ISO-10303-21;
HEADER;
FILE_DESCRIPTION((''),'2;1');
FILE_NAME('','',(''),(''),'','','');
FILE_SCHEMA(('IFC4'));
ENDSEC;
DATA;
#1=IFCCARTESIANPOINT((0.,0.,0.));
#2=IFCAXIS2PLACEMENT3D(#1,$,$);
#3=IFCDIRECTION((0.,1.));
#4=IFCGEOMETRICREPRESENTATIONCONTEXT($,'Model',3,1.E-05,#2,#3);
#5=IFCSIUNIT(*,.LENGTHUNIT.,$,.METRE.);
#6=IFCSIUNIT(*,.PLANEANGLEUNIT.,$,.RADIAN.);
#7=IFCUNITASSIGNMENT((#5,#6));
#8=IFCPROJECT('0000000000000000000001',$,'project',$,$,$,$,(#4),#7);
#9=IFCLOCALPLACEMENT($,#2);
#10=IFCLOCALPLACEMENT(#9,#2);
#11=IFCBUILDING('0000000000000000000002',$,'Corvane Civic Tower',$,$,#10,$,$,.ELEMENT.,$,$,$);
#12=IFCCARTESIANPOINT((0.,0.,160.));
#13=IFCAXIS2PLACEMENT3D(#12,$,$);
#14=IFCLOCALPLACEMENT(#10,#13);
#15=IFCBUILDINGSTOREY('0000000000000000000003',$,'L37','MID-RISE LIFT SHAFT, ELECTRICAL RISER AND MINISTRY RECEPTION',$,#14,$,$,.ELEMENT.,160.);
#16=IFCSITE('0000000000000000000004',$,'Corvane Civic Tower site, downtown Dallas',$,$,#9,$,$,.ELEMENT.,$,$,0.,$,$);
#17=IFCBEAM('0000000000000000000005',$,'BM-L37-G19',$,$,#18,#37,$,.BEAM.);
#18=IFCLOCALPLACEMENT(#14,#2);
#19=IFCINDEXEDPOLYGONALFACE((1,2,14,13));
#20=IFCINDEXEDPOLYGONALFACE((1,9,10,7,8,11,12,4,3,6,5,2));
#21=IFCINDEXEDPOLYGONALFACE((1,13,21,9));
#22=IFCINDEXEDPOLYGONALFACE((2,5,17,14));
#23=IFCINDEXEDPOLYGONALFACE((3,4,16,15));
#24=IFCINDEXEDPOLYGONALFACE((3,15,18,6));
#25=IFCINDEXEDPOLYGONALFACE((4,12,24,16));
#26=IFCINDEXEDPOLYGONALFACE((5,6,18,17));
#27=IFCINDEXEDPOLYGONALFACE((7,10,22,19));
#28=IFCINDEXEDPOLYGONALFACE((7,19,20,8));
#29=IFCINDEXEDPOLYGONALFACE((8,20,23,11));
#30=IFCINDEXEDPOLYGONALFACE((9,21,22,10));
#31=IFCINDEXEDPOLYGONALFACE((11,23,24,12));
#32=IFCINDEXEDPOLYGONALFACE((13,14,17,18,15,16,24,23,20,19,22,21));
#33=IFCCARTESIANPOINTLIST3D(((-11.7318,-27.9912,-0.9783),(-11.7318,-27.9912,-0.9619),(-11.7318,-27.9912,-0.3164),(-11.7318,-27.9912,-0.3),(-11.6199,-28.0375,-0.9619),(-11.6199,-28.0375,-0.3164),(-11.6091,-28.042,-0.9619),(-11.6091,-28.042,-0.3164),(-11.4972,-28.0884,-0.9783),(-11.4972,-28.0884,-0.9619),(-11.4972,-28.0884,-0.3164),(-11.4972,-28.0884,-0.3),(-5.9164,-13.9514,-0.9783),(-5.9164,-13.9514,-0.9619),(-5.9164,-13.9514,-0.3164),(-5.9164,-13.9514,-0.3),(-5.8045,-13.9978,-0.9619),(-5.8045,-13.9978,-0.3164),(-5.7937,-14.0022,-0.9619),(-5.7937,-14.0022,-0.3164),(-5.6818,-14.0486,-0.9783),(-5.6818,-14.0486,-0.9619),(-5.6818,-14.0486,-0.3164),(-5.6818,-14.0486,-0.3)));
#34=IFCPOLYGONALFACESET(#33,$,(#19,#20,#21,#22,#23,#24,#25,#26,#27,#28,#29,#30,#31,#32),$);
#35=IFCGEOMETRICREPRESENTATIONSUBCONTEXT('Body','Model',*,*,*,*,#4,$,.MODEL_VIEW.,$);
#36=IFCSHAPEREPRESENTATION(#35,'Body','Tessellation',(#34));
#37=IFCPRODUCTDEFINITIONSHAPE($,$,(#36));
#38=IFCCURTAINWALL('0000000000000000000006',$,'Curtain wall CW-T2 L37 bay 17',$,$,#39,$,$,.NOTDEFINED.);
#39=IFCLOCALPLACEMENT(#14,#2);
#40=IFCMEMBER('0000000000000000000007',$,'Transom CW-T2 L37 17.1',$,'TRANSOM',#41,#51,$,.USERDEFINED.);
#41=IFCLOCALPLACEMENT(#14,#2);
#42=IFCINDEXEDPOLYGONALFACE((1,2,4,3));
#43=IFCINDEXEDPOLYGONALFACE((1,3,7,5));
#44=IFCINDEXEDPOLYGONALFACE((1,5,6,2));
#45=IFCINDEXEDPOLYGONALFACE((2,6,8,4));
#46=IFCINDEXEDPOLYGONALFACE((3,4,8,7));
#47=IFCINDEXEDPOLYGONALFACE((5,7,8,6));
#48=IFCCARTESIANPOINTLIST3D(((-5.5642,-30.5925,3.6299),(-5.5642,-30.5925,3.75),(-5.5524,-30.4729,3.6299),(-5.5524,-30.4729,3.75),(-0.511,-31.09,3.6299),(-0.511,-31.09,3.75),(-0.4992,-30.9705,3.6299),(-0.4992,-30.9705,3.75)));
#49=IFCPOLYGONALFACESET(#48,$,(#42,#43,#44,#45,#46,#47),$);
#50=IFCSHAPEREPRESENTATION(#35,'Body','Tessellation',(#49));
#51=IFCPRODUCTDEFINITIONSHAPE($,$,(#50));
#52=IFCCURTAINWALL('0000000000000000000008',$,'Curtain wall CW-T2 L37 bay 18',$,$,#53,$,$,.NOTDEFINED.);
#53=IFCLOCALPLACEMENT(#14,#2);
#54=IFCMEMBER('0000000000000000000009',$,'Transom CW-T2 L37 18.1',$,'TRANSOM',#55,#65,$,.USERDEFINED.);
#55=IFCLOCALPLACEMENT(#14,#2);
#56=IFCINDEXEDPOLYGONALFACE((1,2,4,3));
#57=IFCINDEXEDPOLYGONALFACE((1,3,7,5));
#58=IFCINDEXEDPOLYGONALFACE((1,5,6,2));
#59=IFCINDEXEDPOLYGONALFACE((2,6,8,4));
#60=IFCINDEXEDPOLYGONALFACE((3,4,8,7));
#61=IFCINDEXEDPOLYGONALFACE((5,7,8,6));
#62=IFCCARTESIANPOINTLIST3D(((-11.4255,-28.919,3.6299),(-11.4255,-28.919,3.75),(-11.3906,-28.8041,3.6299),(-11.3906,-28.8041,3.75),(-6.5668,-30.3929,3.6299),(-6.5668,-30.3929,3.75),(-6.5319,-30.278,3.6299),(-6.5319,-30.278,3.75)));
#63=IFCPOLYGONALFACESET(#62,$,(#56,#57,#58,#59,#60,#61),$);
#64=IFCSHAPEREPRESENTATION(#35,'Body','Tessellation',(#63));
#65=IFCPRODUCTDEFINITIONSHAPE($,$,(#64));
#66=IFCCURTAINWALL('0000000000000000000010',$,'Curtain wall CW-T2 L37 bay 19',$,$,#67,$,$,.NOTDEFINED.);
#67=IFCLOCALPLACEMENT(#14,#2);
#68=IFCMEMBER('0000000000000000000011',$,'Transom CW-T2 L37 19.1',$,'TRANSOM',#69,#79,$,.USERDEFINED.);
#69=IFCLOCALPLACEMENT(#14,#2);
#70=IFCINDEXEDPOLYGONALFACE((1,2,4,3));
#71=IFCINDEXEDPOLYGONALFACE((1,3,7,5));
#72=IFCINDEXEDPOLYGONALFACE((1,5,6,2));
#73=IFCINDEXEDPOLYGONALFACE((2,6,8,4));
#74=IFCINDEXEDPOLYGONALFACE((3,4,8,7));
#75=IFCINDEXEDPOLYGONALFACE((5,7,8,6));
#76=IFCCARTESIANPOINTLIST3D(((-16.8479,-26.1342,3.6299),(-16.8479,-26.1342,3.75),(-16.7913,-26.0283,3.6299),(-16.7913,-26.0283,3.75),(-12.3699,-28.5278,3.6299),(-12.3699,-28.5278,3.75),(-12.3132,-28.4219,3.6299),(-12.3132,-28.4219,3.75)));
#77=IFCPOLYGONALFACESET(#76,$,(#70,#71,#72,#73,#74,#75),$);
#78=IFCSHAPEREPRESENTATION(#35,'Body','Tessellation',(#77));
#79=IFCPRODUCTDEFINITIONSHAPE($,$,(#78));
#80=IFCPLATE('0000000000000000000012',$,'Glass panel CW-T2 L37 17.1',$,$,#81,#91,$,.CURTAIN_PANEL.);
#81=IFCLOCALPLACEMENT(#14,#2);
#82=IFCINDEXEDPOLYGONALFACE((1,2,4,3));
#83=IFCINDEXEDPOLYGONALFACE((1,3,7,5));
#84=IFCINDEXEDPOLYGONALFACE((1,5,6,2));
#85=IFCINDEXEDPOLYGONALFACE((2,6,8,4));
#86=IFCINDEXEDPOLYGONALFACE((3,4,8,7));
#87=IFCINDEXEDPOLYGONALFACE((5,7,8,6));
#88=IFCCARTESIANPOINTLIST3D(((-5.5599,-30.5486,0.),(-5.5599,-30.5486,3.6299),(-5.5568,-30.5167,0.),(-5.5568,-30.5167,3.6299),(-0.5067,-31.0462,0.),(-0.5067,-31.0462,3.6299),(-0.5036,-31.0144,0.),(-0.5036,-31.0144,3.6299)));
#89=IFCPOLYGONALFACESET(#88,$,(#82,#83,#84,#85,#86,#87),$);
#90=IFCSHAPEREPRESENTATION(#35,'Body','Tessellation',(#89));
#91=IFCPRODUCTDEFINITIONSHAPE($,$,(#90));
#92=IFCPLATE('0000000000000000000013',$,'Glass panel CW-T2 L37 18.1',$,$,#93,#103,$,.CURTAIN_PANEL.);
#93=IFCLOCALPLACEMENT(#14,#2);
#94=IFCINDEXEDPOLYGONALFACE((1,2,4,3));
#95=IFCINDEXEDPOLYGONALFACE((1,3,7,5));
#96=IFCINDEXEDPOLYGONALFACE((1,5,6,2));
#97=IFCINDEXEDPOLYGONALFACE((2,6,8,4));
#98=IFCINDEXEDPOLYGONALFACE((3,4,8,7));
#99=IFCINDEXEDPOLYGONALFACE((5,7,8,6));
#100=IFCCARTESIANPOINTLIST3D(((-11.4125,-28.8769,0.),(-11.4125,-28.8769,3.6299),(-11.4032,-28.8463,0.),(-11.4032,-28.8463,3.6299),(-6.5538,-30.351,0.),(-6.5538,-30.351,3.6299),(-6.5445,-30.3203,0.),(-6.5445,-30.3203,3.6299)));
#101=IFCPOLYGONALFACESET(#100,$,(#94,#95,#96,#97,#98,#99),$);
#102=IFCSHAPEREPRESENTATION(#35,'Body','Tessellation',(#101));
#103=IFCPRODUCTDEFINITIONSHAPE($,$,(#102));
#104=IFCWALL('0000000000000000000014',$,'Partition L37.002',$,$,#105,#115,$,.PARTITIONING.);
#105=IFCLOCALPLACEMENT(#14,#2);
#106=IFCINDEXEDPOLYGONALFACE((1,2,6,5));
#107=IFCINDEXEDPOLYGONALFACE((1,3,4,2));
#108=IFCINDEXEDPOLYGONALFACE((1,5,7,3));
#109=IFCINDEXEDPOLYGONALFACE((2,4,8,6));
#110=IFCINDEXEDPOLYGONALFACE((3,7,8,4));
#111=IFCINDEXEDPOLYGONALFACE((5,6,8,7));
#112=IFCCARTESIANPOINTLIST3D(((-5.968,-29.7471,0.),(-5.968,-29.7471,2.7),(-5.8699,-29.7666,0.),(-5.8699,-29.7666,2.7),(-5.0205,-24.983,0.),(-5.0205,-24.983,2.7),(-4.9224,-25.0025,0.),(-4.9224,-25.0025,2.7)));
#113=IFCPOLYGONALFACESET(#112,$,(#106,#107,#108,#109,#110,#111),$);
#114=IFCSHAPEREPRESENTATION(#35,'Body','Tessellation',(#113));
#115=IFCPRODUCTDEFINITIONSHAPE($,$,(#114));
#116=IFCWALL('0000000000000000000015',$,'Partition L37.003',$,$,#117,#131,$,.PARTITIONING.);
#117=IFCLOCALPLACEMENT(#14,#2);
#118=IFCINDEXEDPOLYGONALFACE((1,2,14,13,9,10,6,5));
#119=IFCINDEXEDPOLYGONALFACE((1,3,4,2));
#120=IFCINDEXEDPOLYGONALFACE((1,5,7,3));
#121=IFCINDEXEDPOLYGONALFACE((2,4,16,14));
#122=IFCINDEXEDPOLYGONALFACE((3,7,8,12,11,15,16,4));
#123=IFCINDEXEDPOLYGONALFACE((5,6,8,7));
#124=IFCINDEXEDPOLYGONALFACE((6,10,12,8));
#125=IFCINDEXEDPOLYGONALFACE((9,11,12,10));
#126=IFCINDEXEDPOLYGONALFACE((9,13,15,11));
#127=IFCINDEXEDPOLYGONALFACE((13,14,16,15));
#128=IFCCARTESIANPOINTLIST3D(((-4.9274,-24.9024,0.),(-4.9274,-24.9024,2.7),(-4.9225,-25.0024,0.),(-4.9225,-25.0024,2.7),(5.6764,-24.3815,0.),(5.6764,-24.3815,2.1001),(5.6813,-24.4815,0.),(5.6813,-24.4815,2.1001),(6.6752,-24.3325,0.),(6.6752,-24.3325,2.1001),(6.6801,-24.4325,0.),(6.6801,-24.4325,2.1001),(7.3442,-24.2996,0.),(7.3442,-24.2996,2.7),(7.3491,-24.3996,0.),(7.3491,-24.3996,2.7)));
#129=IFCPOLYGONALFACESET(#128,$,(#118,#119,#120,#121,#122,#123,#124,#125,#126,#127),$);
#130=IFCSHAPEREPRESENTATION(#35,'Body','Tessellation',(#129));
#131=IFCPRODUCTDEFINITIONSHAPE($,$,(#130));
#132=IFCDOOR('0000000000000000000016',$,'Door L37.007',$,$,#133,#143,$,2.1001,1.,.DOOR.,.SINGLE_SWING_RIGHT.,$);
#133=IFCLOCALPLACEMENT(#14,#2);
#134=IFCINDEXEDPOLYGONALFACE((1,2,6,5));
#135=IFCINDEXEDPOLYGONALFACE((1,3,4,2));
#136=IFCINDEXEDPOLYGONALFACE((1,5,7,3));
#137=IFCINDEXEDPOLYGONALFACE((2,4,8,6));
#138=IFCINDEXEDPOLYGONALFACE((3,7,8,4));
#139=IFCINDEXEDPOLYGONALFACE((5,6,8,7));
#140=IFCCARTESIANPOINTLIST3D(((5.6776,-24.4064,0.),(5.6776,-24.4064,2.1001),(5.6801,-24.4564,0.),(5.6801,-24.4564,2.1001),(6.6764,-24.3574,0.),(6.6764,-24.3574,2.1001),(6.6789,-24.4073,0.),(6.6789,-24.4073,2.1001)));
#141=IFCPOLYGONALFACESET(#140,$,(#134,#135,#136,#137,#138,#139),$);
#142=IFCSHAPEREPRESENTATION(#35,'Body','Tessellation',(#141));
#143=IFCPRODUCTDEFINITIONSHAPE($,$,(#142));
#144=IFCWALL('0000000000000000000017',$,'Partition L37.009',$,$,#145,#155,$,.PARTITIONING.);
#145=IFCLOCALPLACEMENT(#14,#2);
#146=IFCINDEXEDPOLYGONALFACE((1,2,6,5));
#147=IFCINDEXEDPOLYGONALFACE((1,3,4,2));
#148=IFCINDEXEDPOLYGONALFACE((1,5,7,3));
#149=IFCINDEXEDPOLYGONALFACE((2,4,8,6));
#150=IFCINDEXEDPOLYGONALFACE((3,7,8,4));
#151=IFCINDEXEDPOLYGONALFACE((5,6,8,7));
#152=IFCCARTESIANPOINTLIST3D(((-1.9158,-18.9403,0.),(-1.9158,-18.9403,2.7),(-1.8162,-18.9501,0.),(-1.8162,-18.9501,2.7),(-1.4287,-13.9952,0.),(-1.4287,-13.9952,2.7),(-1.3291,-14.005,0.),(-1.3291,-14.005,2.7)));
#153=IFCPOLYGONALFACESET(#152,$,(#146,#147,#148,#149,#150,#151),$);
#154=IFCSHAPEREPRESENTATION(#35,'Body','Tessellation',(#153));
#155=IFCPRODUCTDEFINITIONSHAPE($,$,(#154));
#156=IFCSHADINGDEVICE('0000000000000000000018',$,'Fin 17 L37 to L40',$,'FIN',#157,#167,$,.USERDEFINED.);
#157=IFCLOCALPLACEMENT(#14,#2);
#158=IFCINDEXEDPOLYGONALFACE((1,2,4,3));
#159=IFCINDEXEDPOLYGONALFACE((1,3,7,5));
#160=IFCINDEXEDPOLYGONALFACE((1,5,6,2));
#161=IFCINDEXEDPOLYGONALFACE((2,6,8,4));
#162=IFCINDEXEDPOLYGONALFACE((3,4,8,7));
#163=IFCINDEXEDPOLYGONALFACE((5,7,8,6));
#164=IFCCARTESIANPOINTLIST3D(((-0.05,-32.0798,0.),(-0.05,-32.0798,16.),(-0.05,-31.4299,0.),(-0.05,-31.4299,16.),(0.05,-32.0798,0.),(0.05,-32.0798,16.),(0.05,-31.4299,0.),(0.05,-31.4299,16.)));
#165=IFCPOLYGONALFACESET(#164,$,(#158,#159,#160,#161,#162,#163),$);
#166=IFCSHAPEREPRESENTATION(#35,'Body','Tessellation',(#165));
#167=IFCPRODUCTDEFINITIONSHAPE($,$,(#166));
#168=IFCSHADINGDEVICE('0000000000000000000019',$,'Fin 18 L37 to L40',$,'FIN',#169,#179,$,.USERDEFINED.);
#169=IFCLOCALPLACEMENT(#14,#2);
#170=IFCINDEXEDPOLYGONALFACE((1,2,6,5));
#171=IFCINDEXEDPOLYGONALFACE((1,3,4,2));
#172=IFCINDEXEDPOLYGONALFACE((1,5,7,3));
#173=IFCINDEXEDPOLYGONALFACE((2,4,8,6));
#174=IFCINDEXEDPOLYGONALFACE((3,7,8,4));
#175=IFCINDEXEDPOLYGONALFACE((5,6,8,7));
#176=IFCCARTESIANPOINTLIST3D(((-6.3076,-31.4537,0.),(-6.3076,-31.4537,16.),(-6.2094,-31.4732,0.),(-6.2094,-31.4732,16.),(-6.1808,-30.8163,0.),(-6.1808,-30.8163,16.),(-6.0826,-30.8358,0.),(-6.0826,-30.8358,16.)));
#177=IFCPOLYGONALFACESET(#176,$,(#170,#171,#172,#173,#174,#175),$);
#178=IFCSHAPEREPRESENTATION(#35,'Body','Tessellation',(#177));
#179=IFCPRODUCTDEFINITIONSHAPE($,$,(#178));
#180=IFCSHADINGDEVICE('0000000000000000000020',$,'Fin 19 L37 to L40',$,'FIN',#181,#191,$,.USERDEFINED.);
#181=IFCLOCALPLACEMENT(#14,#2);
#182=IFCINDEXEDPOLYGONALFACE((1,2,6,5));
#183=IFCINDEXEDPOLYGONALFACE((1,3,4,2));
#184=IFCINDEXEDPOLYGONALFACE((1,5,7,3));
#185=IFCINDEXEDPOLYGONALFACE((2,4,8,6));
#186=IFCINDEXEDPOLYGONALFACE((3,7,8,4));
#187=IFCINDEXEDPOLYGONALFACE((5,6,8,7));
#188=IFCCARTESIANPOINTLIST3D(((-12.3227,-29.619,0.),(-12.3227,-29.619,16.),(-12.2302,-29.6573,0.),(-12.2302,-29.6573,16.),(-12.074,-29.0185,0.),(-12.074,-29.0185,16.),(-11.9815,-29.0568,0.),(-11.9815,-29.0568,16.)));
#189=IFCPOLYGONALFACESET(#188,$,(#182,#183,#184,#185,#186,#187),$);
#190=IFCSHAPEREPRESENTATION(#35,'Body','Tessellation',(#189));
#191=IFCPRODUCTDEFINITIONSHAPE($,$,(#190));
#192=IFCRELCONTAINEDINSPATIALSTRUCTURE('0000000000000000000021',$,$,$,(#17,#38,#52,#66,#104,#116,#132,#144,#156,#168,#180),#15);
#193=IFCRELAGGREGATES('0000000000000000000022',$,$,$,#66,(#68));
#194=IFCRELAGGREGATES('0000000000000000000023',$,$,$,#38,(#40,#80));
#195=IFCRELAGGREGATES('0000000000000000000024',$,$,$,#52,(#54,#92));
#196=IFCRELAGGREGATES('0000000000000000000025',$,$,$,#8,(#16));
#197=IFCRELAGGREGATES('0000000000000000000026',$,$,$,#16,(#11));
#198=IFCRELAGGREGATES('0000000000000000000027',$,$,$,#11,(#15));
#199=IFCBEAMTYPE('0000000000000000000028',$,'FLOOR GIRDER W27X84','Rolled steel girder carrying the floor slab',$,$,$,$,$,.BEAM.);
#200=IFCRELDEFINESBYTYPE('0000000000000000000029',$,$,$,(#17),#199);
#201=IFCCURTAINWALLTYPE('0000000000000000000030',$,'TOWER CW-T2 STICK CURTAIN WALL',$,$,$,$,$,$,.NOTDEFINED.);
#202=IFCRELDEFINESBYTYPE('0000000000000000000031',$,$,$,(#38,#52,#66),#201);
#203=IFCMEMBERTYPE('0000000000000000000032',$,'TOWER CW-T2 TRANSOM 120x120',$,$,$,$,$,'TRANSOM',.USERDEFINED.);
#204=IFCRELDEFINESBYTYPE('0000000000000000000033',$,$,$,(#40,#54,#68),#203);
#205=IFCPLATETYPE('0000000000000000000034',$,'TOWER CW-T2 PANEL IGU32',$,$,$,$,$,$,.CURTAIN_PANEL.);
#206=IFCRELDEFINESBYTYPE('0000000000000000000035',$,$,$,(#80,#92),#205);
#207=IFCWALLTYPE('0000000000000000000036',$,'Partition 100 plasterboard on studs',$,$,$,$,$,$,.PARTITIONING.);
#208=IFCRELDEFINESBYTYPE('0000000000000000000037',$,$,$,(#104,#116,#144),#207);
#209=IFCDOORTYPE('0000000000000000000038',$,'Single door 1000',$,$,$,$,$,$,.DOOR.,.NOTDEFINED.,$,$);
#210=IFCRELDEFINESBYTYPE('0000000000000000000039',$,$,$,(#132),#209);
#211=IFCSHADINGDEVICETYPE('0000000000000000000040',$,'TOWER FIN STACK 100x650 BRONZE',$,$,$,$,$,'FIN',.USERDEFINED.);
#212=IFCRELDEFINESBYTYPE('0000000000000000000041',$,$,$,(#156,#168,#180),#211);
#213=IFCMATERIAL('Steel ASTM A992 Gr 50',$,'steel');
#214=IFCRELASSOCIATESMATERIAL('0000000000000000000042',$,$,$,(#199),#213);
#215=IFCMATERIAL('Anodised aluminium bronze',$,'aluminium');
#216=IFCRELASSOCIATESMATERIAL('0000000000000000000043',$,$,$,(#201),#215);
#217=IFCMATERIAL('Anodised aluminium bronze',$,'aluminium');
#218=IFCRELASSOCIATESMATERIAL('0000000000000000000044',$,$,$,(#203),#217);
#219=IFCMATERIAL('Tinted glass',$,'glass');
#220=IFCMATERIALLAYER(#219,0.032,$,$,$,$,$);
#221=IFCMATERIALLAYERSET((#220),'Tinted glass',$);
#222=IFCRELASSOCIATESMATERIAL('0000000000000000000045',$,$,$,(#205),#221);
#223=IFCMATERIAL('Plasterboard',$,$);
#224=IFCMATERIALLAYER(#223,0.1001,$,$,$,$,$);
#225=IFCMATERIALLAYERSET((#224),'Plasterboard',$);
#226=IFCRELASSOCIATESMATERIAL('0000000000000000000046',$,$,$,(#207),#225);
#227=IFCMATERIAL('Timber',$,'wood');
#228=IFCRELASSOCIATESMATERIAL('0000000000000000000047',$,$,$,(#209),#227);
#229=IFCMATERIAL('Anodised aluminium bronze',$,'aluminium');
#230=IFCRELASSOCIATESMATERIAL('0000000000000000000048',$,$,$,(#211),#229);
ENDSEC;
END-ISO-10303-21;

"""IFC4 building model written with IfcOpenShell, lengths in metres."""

from ifc_helpers import new_model, si_unit, direction, frame, frame_2d, origin, origin_2d, place, context, subcontext, project, spatial, rectangle, i_section, extrude, material, layer, layer_set, material_profile, profile_set, type_object, element, fill, aggregate, save


model = new_model("IFC4")

# Units and contexts
model_context = context("Model", 3, precision=1e-05, world=origin(), true_north=direction((0.0, 1.0)))
body_context = subcontext(model_context, "Body", "Model", "MODEL_VIEW")
ifc_project = project(units=[si_unit("LENGTHUNIT", "METRE"), si_unit("PLANEANGLEUNIT", "RADIAN")], contexts=[model_context])

# Site, building, storey
site_placement = place(None, origin())
site = spatial("IfcSite", under=ifc_project, at=site_placement, Name="Corvane Civic Tower site, downtown Dallas", CompositionType="ELEMENT", RefElevation=0.0)
building_placement = place(site_placement, origin())
building = spatial("IfcBuilding", under=site, at=building_placement, Name="Corvane Civic Tower", CompositionType="ELEMENT")
storey_placement = place(building_placement, frame((0.0, 0.0, 160.0)))
storey = spatial("IfcBuildingStorey", under=building, at=storey_placement, Name="L37", Description="MID-RISE LIFT SHAFT, ELECTRICAL RISER AND MINISTRY RECEPTION", CompositionType="ELEMENT", Elevation=160.0)

# Beam
ifc_material_1 = material(Name="Steel ASTM A992 Gr 50", Category="steel")
ifc_material_profile_1 = material_profile(ifc_material_1, i_section(OverallWidth=0.2539, OverallDepth=0.6782, WebThickness=0.0117, FlangeThickness=0.0164, at=origin_2d()), Name="W27X84")
ifc_profile_set_1 = profile_set([ifc_material_profile_1], Name="Steel ASTM A992 Gr 50")
beam_type_1 = type_object("IfcBeamType", Name="FLOOR GIRDER W27X84", Description="Rolled steel girder carrying the floor slab", PredefinedType="BEAM", material=ifc_profile_set_1)
beam_1_placement = place(storey_placement, frame((-5.7991, -14.0, -0.6392), z_axis=(-0.382681, -0.923881, 0.0), x_axis=(0.923881, -0.382681, 0.0)))
element("IfcBeam", 1, at=beam_1_placement, inside=storey, type_object=beam_type_1, Name="BM-L37-G19", PredefinedType="BEAM", context=body_context, shape_type="SweptSolid", body=[
    extrude(i_section(OverallWidth=0.2539, OverallDepth=0.6782, WebThickness=0.0117, FlangeThickness=0.0164, at=origin_2d()), origin(), (0.0, 0.0, 1.0), 15.1965),
])

# Curtain walls, members
ifc_material_2 = material(Name="Anodised aluminium bronze", Category="aluminium")
curtain_wall_type = type_object("IfcCurtainWallType", Name="TOWER CW-T2 STICK CURTAIN WALL", PredefinedType="NOTDEFINED", material=ifc_material_2)
curtain_wall_1_placement = place(storey_placement, origin())
curtain_wall_1 = element("IfcCurtainWall", 2, at=curtain_wall_1_placement, inside=storey, type_object=curtain_wall_type, Name="Curtain wall CW-T2 L37 bay 17", PredefinedType="NOTDEFINED")
ifc_material_3 = material(Name="Anodised aluminium bronze", Category="aluminium")
ifc_material_profile_2 = material_profile(ifc_material_3, rectangle(XDim=0.1201, YDim=0.1201, at=origin_2d()), Name="TOWER CW-T2 TRANSOM 120x120")
ifc_profile_set_2 = profile_set([ifc_material_profile_2], Name="Anodised aluminium bronze")
member_type = type_object("IfcMemberType", Name="TOWER CW-T2 TRANSOM 120x120", ElementType="TRANSOM", PredefinedType="USERDEFINED", material=ifc_profile_set_2)
member_1_placement = place(storey_placement, frame((-0.5051, -31.0303, 3.6899), z_axis=(-0.995187, 0.09799, 0.0), x_axis=(-0.09799, -0.995187, 0.0)))
member_1 = element("IfcMember", 3, at=member_1_placement, type_object=member_type, Name="Transom CW-T2 L37 17.1", ObjectType="TRANSOM", PredefinedType="USERDEFINED", context=body_context, shape_type="SweptSolid", body=[
    extrude(rectangle(XDim=0.1201, YDim=0.1201, at=origin_2d()), origin(), (0.0, 0.0, 1.0), 5.0776),
])
curtain_wall_2_placement = place(storey_placement, origin())
curtain_wall_2 = element("IfcCurtainWall", 4, at=curtain_wall_2_placement, inside=storey, type_object=curtain_wall_type, Name="Curtain wall CW-T2 L37 bay 18", PredefinedType="NOTDEFINED")
member_2_placement = place(storey_placement, frame((-6.5493, -30.3354, 3.6899), z_axis=(-0.956939, 0.290289, 0.0), x_axis=(-0.290289, -0.956939, 0.0)))
member_2 = element("IfcMember", 5, at=member_2_placement, type_object=member_type, Name="Transom CW-T2 L37 18.1", ObjectType="TRANSOM", PredefinedType="USERDEFINED", context=body_context, shape_type="SweptSolid", body=[
    extrude(rectangle(XDim=0.1201, YDim=0.1201, at=origin_2d()), origin(), (0.0, 0.0, 1.0), 5.0774),
])
curtain_wall_3_placement = place(storey_placement, origin())
curtain_wall_3 = element("IfcCurtainWall", 6, at=curtain_wall_3_placement, inside=storey, type_object=curtain_wall_type, Name="Curtain wall CW-T2 L37 bay 19", PredefinedType="NOTDEFINED")
member_3_placement = place(storey_placement, frame((-12.3416, -28.4749, 3.6899), z_axis=(-0.881921, 0.471397, 0.0), x_axis=(-0.471397, -0.881921, 0.0)))
member_3 = element("IfcMember", 7, at=member_3_placement, type_object=member_type, Name="Transom CW-T2 L37 19.1", ObjectType="TRANSOM", PredefinedType="USERDEFINED", context=body_context, shape_type="SweptSolid", body=[
    extrude(rectangle(XDim=0.1201, YDim=0.1201, at=origin_2d()), origin(), (0.0, 0.0, 1.0), 5.0776),
])
aggregate(curtain_wall_3, [member_3])

# Plates
ifc_material_4 = material(Name="Tinted glass", Category="glass")
ifc_layer_1 = layer(ifc_material_4, 0.032)
ifc_layer_set_1 = layer_set([ifc_layer_1], Name="Tinted glass")
plate_type = type_object("IfcPlateType", Name="TOWER CW-T2 PANEL IGU32", PredefinedType="CURTAIN_PANEL", material=ifc_layer_set_1)
plate_1_placement = place(storey_placement, frame((-3.0317, -30.7815, 0.0), z_axis=(0.0, 0.0, 1.0), x_axis=(-0.995185, 0.098012, 0.0)))
plate_1 = element("IfcPlate", 8, at=plate_1_placement, type_object=plate_type, Name="Glass panel CW-T2 L37 17.1", PredefinedType="CURTAIN_PANEL", context=body_context, shape_type="SweptSolid", body=[
    extrude(rectangle(XDim=5.0776, YDim=0.032, at=origin_2d()), origin(), (0.0, 0.0, 1.0), 3.6299),
])
aggregate(curtain_wall_1, [member_1, plate_1])
plate_2_placement = place(storey_placement, frame((-8.9785, -29.5986, 0.0), z_axis=(0.0, 0.0, 1.0), x_axis=(-0.956932, 0.290313, 0.0)))
plate_2 = element("IfcPlate", 9, at=plate_2_placement, type_object=plate_type, Name="Glass panel CW-T2 L37 18.1", PredefinedType="CURTAIN_PANEL", context=body_context, shape_type="SweptSolid", body=[
    extrude(rectangle(XDim=5.0774, YDim=0.032, at=origin_2d()), origin(), (0.0, 0.0, 1.0), 3.6299),
])
aggregate(curtain_wall_2, [member_2, plate_2])

# Wall
ifc_material_5 = material(Name="Plasterboard")
ifc_layer_2 = layer(ifc_material_5, 0.1001)
ifc_layer_set_2 = layer_set([ifc_layer_2], Name="Plasterboard")
wall_type = type_object("IfcWallType", Name="Partition 100 plasterboard on studs", PredefinedType="PARTITIONING", material=ifc_layer_set_2)
wall_1_placement = place(storey_placement, frame((-5.9189, -29.7568, 0.0), z_axis=(0.0, 0.0, 1.0), x_axis=(0.195062, 0.980791, 0.0)))
element("IfcWall", 10, at=wall_1_placement, inside=storey, type_object=wall_type, Name="Partition L37.002", PredefinedType="PARTITIONING", context=body_context, shape_type="SweptSolid", body=[
    extrude(rectangle(XDim=4.8574, YDim=0.1001, at=frame_2d((2.4287, 0.0))), origin(), (0.0, 0.0, 1.0), 2.7),
])

# Wall, opening, door
wall_2_placement = place(storey_placement, frame((-4.9248, -24.9524, 0.0), z_axis=(0.0, 0.0, 1.0), x_axis=(0.998796, 0.049061, 0.0)))
wall_2 = element("IfcWall", 11, at=wall_2_placement, inside=storey, type_object=wall_type, Name="Partition L37.003", PredefinedType="PARTITIONING", context=body_context, shape_type="SweptSolid", body=[
    extrude(rectangle(XDim=12.2864, YDim=0.1001, at=frame_2d((6.1431, 0.0))), origin(), (0.0, 0.0, 1.0), 2.7),
])
opening_placement = place(wall_2_placement, frame((10.6165, 0.0, 0.0)))
opening = element("IfcOpeningElement", 12, at=opening_placement, cuts=wall_2, PredefinedType="OPENING", context=body_context, shape_type="SweptSolid", body=[
    extrude(rectangle(XDim=1.0, YDim=2.1001, at=frame_2d((0.5, 1.05))), frame((0.0, 0.0601, 0.0), z_axis=(0.0, -1.0, 0.0), x_axis=(1.0, 0.0, 0.0)), (0.0, 0.0, 1.0), 0.1201),
])
ifc_material_6 = material(Name="Timber", Category="wood")
door_type = type_object("IfcDoorType", Name="Single door 1000", OperationType="NOTDEFINED", PredefinedType="DOOR", material=ifc_material_6)
door_placement = place(opening_placement, frame((1.0, 0.0, 0.0), z_axis=(0.0, 0.0, 1.0), x_axis=(-1.0, 0.0, 0.0)))
door = element("IfcDoor", 13, at=door_placement, inside=storey, type_object=door_type, Name="Door L37.007", OperationType="SINGLE_SWING_RIGHT", OverallHeight=2.1001, OverallWidth=1.0, PredefinedType="DOOR", context=body_context, shape_type="SweptSolid", body=[
    extrude(rectangle(XDim=1.0, YDim=2.1001, at=frame_2d((0.5, 1.05))), frame((0.0, 0.0249, 0.0), z_axis=(0.0, -1.0, 0.0), x_axis=(1.0, 0.0, 0.0)), (0.0, 0.0, 1.0), 0.05),
])
fill(opening, door)

# Wall
wall_3_placement = place(storey_placement, frame((-1.866, -18.9451, 0.0), z_axis=(0.0, 0.0, 1.0), x_axis=(0.09802, 0.995184, 0.0)))
element("IfcWall", 14, at=wall_3_placement, inside=storey, type_object=wall_type, Name="Partition L37.009", PredefinedType="PARTITIONING", context=body_context, shape_type="SweptSolid", body=[
    extrude(rectangle(XDim=4.969, YDim=0.1001, at=frame_2d((2.4844, 0.0))), origin(), (0.0, 0.0, 1.0), 2.7),
])

# Shading devices
ifc_material_7 = material(Name="Anodised aluminium bronze", Category="aluminium")
ifc_material_profile_3 = material_profile(ifc_material_7, rectangle(XDim=0.1001, YDim=0.6499, at=origin_2d()), Name="TOWER FIN STACK 100x650 BRONZE")
ifc_profile_set_3 = profile_set([ifc_material_profile_3], Name="Anodised aluminium bronze")
shading_device_type = type_object("IfcShadingDeviceType", Name="TOWER FIN STACK 100x650 BRONZE", ElementType="FIN", PredefinedType="USERDEFINED", material=ifc_profile_set_3)
for number, where, z_axis, x_axis, name in (
    (15, (0.0, -31.7549, 0.0), (0.0, 0.0, 1.0), (-1.0, 0.0, 0.0), "Fin 17 L37 to L40"),
    (16, (-6.1951, -31.1448, 0.0), (0.0, 0.0, 1.0), (-0.980785, 0.19509, 0.0), "Fin 18 L37 to L40"),
    (17, (-12.1521, -29.3379, 0.0), (0.0, 0.0, 1.0), (-0.92388, 0.382683, 0.0), "Fin 19 L37 to L40"),
):
    element("IfcShadingDevice", number, at=place(storey_placement, frame(where, z_axis=z_axis, x_axis=x_axis)), inside=storey, type_object=shading_device_type, Name=name, ObjectType="FIN", PredefinedType="USERDEFINED", context=body_context, shape_type="SweptSolid", body=[
        extrude(rectangle(XDim=0.1001, YDim=0.6499, at=origin_2d()), origin(), (0.0, 0.0, 1.0), 16.0),
    ])

save(model, "model.ifc")
